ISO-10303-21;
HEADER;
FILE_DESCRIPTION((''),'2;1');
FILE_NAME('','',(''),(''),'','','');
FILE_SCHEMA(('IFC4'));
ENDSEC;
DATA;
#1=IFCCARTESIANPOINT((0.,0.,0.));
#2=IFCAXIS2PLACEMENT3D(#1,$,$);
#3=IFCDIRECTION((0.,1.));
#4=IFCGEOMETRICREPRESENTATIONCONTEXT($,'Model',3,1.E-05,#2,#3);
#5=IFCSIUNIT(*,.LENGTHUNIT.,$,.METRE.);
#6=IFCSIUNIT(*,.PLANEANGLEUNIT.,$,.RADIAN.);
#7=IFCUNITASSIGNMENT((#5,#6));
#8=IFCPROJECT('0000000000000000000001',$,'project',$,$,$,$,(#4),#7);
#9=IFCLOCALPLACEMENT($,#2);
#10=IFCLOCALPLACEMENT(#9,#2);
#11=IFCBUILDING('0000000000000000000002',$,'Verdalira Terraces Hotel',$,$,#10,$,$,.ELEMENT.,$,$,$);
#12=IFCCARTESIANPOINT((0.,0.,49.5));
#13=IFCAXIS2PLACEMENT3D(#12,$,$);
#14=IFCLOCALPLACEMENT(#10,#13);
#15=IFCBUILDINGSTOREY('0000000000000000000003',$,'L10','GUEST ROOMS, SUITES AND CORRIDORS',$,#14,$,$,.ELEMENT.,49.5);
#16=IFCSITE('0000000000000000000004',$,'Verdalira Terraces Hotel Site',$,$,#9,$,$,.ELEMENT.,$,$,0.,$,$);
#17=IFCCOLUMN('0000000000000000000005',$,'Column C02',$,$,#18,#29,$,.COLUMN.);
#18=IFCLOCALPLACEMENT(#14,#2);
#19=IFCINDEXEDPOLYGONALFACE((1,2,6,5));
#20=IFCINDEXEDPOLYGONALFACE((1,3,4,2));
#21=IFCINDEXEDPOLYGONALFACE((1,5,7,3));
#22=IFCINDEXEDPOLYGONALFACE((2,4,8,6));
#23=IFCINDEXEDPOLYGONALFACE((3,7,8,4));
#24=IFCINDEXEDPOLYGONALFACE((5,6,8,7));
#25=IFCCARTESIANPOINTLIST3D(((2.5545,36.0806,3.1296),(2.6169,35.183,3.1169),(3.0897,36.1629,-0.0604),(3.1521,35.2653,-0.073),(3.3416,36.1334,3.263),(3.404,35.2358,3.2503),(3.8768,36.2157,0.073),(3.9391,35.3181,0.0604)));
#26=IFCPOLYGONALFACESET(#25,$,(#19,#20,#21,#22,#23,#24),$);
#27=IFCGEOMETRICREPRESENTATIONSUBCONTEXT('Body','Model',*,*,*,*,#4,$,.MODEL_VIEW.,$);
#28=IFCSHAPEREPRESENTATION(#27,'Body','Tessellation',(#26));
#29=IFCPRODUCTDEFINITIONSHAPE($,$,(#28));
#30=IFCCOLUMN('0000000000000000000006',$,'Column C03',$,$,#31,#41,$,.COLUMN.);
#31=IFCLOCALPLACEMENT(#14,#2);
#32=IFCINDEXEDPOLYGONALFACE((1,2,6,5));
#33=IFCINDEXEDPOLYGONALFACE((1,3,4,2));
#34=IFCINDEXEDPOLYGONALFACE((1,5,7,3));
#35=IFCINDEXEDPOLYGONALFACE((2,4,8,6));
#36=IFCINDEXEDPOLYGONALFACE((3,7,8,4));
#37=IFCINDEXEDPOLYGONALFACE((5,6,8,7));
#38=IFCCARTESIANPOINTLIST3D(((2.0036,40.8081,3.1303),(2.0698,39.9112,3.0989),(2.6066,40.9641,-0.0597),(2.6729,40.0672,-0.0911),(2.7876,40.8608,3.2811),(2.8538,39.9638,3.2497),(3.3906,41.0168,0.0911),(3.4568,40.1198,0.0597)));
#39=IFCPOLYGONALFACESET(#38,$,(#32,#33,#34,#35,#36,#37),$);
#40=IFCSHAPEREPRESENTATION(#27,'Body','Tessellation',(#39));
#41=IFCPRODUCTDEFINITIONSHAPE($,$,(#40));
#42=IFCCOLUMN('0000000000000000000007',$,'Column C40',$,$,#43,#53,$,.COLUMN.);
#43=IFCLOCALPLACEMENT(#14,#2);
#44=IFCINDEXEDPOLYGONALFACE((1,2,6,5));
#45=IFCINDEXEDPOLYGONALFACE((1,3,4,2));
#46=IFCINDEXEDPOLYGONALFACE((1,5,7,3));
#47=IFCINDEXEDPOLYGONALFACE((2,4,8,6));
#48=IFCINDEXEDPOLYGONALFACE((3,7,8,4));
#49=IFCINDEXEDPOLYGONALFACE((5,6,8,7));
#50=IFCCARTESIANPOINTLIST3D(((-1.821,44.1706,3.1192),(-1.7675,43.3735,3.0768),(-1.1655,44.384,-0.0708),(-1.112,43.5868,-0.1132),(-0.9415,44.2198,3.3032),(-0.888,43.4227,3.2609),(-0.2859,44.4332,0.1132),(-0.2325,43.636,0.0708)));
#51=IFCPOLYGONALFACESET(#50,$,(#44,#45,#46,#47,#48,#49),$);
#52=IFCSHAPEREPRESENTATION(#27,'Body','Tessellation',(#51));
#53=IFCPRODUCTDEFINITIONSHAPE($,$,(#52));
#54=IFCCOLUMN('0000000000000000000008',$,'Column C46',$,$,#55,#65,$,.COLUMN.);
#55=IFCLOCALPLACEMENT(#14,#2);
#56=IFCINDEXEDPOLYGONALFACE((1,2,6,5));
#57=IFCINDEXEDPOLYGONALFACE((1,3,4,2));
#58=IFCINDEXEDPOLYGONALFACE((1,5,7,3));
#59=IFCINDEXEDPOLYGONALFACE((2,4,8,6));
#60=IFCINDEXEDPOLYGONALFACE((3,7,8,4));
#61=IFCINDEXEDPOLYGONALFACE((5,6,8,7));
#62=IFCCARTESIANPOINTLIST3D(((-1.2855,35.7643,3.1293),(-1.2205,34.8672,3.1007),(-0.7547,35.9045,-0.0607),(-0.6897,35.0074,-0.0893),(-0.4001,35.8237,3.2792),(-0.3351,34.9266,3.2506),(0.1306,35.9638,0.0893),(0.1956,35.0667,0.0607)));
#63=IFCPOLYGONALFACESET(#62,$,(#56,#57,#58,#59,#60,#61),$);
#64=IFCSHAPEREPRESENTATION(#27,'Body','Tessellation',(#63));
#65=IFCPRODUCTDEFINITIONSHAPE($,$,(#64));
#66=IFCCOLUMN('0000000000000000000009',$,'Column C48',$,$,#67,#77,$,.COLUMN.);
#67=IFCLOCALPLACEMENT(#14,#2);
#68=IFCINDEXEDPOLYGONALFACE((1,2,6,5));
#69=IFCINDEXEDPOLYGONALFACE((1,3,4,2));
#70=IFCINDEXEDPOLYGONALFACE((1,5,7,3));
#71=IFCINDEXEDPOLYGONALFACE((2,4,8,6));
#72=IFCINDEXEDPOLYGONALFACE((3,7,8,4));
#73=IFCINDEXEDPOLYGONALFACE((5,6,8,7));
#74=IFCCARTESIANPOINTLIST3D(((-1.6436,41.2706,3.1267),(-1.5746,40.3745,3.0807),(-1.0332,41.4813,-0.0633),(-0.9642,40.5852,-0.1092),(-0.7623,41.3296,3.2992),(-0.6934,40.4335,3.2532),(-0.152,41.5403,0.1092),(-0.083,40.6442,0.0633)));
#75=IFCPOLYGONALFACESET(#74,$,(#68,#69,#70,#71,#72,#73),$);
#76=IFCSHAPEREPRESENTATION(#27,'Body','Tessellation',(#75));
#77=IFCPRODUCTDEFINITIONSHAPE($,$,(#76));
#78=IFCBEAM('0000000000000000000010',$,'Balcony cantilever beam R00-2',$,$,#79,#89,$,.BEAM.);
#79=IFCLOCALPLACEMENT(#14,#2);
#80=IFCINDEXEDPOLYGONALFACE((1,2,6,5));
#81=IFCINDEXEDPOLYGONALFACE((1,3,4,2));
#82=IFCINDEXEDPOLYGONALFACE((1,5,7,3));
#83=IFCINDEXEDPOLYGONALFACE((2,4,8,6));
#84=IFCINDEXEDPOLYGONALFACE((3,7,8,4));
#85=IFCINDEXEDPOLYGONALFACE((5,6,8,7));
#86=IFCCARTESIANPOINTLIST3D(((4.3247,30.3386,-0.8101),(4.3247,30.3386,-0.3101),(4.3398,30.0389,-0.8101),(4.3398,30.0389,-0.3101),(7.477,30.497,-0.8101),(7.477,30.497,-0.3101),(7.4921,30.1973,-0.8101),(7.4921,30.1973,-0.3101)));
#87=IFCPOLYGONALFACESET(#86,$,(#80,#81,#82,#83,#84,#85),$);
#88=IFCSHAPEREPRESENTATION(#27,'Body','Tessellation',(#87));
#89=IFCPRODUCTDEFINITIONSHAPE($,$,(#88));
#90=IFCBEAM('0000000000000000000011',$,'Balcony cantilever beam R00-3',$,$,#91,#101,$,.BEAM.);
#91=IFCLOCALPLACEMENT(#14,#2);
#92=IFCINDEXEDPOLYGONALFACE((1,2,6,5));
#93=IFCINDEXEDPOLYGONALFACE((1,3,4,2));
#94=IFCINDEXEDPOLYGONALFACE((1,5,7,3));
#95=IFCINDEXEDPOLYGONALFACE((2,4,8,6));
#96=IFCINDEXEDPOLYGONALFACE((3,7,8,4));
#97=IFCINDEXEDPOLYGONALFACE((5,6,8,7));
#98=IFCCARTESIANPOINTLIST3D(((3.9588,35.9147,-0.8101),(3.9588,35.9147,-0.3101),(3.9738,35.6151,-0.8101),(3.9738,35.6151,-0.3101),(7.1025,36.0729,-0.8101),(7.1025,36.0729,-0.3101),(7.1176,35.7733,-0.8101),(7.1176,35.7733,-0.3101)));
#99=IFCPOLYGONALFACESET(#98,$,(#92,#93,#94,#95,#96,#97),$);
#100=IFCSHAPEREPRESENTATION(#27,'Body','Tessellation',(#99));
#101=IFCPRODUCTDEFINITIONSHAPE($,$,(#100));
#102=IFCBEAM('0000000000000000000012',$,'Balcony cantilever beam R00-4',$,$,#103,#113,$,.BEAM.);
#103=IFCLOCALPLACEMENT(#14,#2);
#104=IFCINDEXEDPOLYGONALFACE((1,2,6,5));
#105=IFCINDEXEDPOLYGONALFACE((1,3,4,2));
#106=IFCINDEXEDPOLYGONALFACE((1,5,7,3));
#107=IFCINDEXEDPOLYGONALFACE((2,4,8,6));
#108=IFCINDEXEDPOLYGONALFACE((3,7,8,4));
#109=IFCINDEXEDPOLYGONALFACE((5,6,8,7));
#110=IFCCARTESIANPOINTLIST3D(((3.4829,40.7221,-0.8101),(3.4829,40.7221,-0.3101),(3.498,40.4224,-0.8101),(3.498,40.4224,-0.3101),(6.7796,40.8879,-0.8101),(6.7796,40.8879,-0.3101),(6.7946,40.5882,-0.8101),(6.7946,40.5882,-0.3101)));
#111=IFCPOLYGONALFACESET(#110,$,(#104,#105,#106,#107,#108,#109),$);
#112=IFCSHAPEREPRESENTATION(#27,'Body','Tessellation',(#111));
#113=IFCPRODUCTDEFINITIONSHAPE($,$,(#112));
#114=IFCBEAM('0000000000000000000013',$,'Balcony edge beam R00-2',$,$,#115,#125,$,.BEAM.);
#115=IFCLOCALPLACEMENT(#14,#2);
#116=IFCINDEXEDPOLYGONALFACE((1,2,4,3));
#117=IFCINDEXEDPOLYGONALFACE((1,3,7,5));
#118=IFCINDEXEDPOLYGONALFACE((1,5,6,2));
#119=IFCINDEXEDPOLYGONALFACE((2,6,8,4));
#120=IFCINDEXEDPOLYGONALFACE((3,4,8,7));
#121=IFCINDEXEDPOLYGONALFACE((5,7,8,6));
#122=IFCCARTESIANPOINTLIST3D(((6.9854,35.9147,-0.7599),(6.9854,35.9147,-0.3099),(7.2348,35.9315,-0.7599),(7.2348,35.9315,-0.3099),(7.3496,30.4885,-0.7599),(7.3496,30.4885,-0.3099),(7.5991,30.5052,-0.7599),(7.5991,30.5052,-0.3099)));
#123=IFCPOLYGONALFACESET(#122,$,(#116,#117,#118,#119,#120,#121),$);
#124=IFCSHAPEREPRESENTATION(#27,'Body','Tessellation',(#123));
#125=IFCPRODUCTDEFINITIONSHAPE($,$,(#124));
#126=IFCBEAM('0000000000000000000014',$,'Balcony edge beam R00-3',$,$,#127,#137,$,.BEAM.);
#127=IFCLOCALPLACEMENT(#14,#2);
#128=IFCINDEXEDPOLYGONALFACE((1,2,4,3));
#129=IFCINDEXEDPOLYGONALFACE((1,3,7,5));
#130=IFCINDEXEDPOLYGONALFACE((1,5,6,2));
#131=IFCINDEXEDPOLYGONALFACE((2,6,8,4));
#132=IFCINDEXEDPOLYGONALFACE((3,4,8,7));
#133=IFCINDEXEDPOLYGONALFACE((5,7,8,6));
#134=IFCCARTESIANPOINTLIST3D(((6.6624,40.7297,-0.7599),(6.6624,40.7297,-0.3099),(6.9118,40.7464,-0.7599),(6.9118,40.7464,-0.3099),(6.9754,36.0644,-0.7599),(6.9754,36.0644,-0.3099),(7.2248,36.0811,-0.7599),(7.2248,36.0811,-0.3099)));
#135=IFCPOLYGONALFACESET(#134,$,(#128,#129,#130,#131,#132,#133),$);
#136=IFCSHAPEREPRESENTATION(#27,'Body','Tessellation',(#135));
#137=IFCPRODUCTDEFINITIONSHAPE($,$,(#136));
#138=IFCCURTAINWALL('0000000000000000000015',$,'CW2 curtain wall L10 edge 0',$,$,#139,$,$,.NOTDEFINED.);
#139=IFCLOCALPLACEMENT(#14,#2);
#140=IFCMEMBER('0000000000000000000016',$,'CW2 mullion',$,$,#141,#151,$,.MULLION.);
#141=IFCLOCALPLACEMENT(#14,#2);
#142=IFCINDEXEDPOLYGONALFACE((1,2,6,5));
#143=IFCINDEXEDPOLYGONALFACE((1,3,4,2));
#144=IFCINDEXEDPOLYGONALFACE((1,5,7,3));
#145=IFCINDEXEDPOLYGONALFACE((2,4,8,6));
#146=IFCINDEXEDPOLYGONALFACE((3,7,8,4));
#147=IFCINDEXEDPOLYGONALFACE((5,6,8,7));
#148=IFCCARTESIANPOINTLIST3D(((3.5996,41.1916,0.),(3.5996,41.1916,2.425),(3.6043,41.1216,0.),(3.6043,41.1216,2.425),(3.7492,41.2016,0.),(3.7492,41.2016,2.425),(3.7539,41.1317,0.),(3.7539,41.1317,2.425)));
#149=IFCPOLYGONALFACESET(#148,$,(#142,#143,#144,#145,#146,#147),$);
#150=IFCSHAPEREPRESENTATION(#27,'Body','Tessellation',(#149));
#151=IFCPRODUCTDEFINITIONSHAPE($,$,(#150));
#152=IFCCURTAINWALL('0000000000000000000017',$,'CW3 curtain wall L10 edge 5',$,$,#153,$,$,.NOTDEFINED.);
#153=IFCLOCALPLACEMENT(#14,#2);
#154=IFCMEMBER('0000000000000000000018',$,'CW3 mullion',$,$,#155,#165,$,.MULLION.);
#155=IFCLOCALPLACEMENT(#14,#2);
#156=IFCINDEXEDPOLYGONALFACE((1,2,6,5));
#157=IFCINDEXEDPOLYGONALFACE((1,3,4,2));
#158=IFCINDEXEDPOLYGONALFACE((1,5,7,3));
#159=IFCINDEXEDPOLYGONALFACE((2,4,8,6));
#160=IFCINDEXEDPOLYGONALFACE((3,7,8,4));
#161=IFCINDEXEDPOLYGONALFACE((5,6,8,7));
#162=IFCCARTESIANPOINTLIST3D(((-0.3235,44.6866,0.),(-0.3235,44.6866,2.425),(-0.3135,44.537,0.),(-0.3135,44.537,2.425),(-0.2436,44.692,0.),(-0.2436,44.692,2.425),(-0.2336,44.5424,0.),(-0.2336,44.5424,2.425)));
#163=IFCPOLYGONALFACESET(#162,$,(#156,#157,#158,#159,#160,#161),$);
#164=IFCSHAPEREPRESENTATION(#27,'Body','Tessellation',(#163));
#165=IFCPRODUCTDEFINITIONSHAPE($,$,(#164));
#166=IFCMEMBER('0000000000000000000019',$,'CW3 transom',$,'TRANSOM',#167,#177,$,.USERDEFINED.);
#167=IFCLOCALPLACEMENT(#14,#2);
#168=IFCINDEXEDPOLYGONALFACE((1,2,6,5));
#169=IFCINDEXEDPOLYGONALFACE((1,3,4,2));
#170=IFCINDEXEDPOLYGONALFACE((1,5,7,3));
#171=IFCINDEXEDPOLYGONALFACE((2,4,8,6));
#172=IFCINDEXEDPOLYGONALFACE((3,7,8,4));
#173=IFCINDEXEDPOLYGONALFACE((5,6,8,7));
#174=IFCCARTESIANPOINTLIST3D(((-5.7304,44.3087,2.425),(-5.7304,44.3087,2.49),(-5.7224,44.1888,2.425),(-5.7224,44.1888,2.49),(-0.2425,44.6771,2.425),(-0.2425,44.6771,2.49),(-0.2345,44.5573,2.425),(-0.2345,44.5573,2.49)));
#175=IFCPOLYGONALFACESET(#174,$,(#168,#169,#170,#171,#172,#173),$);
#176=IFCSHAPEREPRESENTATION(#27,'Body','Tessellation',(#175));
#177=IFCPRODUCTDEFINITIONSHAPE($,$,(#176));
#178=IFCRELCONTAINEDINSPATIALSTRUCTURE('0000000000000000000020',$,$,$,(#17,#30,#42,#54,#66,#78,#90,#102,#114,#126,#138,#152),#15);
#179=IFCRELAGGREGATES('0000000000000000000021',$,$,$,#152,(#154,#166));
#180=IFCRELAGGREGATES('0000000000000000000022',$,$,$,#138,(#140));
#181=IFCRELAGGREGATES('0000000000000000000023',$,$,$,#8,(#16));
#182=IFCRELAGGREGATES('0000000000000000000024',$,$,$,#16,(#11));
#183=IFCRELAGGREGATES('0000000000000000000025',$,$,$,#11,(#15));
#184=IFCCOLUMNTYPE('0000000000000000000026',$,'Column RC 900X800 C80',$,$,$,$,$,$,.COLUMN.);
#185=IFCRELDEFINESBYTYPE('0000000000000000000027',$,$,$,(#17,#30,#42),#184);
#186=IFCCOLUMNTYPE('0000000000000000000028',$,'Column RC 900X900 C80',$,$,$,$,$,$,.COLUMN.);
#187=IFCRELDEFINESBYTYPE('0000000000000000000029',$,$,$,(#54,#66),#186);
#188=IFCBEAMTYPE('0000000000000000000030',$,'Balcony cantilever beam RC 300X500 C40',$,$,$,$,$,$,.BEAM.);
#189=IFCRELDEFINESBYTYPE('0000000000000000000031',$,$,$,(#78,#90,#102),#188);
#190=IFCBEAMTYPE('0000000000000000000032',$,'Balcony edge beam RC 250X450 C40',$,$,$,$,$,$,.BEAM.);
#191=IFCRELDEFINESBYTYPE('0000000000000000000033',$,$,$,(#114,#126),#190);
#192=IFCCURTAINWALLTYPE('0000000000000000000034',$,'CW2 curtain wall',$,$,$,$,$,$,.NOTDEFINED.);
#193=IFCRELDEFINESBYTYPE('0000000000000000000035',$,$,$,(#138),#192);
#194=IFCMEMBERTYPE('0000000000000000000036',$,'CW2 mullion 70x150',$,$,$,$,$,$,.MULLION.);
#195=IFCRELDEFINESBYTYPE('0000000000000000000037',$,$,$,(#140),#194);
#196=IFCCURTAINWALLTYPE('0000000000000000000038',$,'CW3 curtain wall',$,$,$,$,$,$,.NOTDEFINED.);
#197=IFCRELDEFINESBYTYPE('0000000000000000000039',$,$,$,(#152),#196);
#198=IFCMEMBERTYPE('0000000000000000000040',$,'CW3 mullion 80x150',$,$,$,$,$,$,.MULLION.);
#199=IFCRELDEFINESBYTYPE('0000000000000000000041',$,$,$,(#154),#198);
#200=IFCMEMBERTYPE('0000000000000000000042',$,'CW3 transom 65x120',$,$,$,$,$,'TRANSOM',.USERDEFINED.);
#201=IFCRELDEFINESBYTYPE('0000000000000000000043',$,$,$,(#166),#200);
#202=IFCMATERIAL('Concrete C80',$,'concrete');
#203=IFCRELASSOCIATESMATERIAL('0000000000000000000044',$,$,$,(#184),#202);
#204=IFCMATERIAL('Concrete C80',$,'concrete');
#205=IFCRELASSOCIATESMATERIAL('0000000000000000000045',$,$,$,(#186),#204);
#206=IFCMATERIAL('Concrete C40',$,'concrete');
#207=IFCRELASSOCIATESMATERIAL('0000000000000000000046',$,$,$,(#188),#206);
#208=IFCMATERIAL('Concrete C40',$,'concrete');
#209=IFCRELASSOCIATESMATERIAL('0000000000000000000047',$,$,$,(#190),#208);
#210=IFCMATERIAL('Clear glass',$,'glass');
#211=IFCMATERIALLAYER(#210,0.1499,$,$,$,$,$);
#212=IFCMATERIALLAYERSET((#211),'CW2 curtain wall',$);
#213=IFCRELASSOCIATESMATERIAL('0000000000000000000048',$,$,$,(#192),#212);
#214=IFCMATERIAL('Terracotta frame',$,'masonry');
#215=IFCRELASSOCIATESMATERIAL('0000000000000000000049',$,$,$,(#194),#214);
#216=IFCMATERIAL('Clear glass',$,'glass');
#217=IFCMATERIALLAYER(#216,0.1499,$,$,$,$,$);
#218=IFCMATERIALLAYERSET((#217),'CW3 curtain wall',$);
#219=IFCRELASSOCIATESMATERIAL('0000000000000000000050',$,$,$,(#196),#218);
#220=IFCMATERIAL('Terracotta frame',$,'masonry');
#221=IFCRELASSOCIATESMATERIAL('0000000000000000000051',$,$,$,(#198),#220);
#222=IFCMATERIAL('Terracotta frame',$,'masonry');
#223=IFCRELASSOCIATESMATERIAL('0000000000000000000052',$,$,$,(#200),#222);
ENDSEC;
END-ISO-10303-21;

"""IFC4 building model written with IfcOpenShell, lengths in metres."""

from ifc_helpers import new_model, si_unit, direction, frame, origin, origin_2d, place, context, subcontext, project, spatial, rectangle, extrude, material, layer, layer_set, material_profile, profile_set, type_object, element, aggregate, save


model = new_model("IFC4")

# Units and contexts
model_context = context("Model", 3, precision=1e-05, world=origin(), true_north=direction((0.0, 1.0)))
body_context = subcontext(model_context, "Body", "Model", "MODEL_VIEW")
ifc_project = project(units=[si_unit("LENGTHUNIT", "METRE"), si_unit("PLANEANGLEUNIT", "RADIAN")], contexts=[model_context])

# Site, building, storey
site_placement = place(None, origin())
site = spatial("IfcSite", under=ifc_project, at=site_placement, Name="Verdalira Terraces Hotel Site", CompositionType="ELEMENT", RefElevation=0.0)
building_placement = place(site_placement, origin())
building = spatial("IfcBuilding", under=site, at=building_placement, Name="Verdalira Terraces Hotel", CompositionType="ELEMENT")
storey_placement = place(building_placement, frame((0.0, 0.0, 49.5)))
storey = spatial("IfcBuildingStorey", under=building, at=storey_placement, Name="L10", Description="GUEST ROOMS, SUITES AND CORRIDORS", CompositionType="ELEMENT", Elevation=49.5)

# Columns
ifc_material_1 = material(Name="Concrete C80", Category="concrete")
ifc_material_profile_1 = material_profile(ifc_material_1, rectangle(XDim=0.8999, YDim=0.8, at=origin_2d()), Name="RC 900X800")
ifc_profile_set_1 = profile_set([ifc_material_profile_1], Name="Concrete C80")
column_type_1 = type_object("IfcColumnType", Name="Column RC 900X800 C80", PredefinedType="COLUMN", material=ifc_profile_set_1)
column_1_placement = place(storey_placement, frame((3.5144, 35.7405, 0.0), z_axis=(-0.165398, -0.025428, 0.985899), x_axis=(-0.069309, 0.997496, 0.0141)))
element("IfcColumn", 1, at=column_1_placement, inside=storey, type_object=column_type_1, Name="Column C02", PredefinedType="COLUMN", context=body_context, shape_type="SweptSolid", body=[
    extrude(rectangle(XDim=0.8999, YDim=0.8, at=origin_2d()), origin(), (0.0, 0.0, 1.0), 3.2356),
])
column_2_placement = place(storey_placement, frame((3.0317, 40.542, 0.0), z_axis=(-0.185536, -0.047999, 0.981464), x_axis=(-0.073599, 0.99668, 0.03483)))
element("IfcColumn", 2, at=column_2_placement, inside=storey, type_object=column_type_1, Name="Column C03", PredefinedType="COLUMN", context=body_context, shape_type="SweptSolid", body=[
    extrude(rectangle(XDim=0.8999, YDim=0.8, at=origin_2d()), origin(), (0.0, 0.0, 1.0), 3.2502),
])
column_3_placement = place(storey_placement, frame((-0.699, 44.01, 0.0), z_axis=(-0.200858, -0.065382, 0.977436), x_axis=(-0.977339, -0.054677, -0.204496)))
element("IfcColumn", 3, at=column_3_placement, inside=storey, type_object=column_type_1, Name="Column C40", PredefinedType="COLUMN", context=body_context, shape_type="SweptSolid", body=[
    extrude(rectangle(XDim=0.8999, YDim=0.8, at=origin_2d()), origin(), (0.0, 0.0, 1.0), 3.2637),
])
ifc_material_2 = material(Name="Concrete C80", Category="concrete")
ifc_material_profile_2 = material_profile(ifc_material_2, rectangle(XDim=0.8999, YDim=0.8999, at=origin_2d()), Name="RC 900X900")
ifc_profile_set_2 = profile_set([ifc_material_profile_2], Name="Concrete C80")
column_type_2 = type_object("IfcColumnType", Name="Column RC 900X900 C80", PredefinedType="COLUMN", material=ifc_profile_set_2)
column_4_placement = place(storey_placement, frame((-0.2795, 35.4856, 0.0), z_axis=(-0.163976, -0.043294, 0.985514), x_axis=(-0.072206, 0.996883, 0.03178)))
element("IfcColumn", 4, at=column_4_placement, inside=storey, type_object=column_type_2, Name="Column C46", PredefinedType="COLUMN", context=body_context, shape_type="SweptSolid", body=[
    extrude(rectangle(XDim=0.8999, YDim=0.8999, at=origin_2d()), origin(), (0.0, 0.0, 1.0), 3.2368),
])
column_5_placement = place(storey_placement, frame((-0.5581, 41.0627, 0.0), z_axis=(-0.187533, -0.064736, 0.980123), x_axis=(-0.076631, 0.995749, 0.051106)))
element("IfcColumn", 5, at=column_5_placement, inside=storey, type_object=column_type_2, Name="Column C48", PredefinedType="COLUMN", context=body_context, shape_type="SweptSolid", body=[
    extrude(rectangle(XDim=0.8999, YDim=0.8999, at=origin_2d()), origin(), (0.0, 0.0, 1.0), 3.2546),
])

# Beams
ifc_material_3 = material(Name="Concrete C40", Category="concrete")
ifc_material_profile_3 = material_profile(ifc_material_3, rectangle(XDim=0.3, YDim=0.5, at=origin_2d()), Name="RC 300X500")
ifc_profile_set_3 = profile_set([ifc_material_profile_3], Name="Concrete C40")
beam_type_1 = type_object("IfcBeamType", Name="Balcony cantilever beam RC 300X500 C40", PredefinedType="BEAM", material=ifc_profile_set_3)
beam_1_placement = place(storey_placement, frame((4.3323, 30.1887, -0.5601), z_axis=(0.998739, 0.0502, 0.0), x_axis=(-0.0502, 0.998739, 0.0)))
element("IfcBeam", 6, at=beam_1_placement, inside=storey, type_object=beam_type_1, Name="Balcony cantilever beam R00-2", PredefinedType="BEAM", context=body_context, shape_type="SweptSolid", body=[
    extrude(rectangle(XDim=0.3, YDim=0.5, at=origin_2d()), origin(), (0.0, 0.0, 1.0), 3.1562),
])
beam_2_placement = place(storey_placement, frame((3.9663, 35.7649, -0.5601), z_axis=(0.998736, 0.050259, 0.0), x_axis=(-0.050259, 0.998736, 0.0)))
element("IfcBeam", 7, at=beam_2_placement, inside=storey, type_object=beam_type_1, Name="Balcony cantilever beam R00-3", PredefinedType="BEAM", context=body_context, shape_type="SweptSolid", body=[
    extrude(rectangle(XDim=0.3, YDim=0.5, at=origin_2d()), origin(), (0.0, 0.0, 1.0), 3.1477),
])
beam_3_placement = place(storey_placement, frame((3.4905, 40.5723, -0.5601), z_axis=(0.998738, 0.050222, 0.0), x_axis=(-0.050222, 0.998738, 0.0)))
element("IfcBeam", 8, at=beam_3_placement, inside=storey, type_object=beam_type_1, Name="Balcony cantilever beam R00-4", PredefinedType="BEAM", context=body_context, shape_type="SweptSolid", body=[
    extrude(rectangle(XDim=0.3, YDim=0.5, at=origin_2d()), origin(), (0.0, 0.0, 1.0), 3.3008),
])
ifc_material_4 = material(Name="Concrete C40", Category="concrete")
ifc_material_profile_4 = material_profile(ifc_material_4, rectangle(XDim=0.25, YDim=0.45, at=origin_2d()), Name="RC 250X450")
ifc_profile_set_4 = profile_set([ifc_material_profile_4], Name="Concrete C40")
beam_type_2 = type_object("IfcBeamType", Name="Balcony edge beam RC 250X450 C40", PredefinedType="BEAM", material=ifc_profile_set_4)
beam_4_placement = place(storey_placement, frame((7.4744, 30.4968, -0.5349), z_axis=(-0.066978, 0.997754, 0.0), x_axis=(-0.997754, -0.066978, 0.0)))
element("IfcBeam", 9, at=beam_4_placement, inside=storey, type_object=beam_type_2, Name="Balcony edge beam R00-2", PredefinedType="BEAM", context=body_context, shape_type="SweptSolid", body=[
    extrude(rectangle(XDim=0.25, YDim=0.45, at=origin_2d()), origin(), (0.0, 0.0, 1.0), 5.4385),
])
beam_5_placement = place(storey_placement, frame((7.1001, 36.0728, -0.5349), z_axis=(-0.066938, 0.997757, 0.0), x_axis=(-0.997757, -0.066938, 0.0)))
element("IfcBeam", 10, at=beam_5_placement, inside=storey, type_object=beam_type_2, Name="Balcony edge beam R00-3", PredefinedType="BEAM", context=body_context, shape_type="SweptSolid", body=[
    extrude(rectangle(XDim=0.25, YDim=0.45, at=origin_2d()), origin(), (0.0, 0.0, 1.0), 4.6758),
])

# Curtain wall, member
ifc_material_5 = material(Name="Clear glass", Category="glass")
ifc_layer_1 = layer(ifc_material_5, 0.1499)
ifc_layer_set_1 = layer_set([ifc_layer_1], Name="CW2 curtain wall")
curtain_wall_type_1 = type_object("IfcCurtainWallType", Name="CW2 curtain wall", PredefinedType="NOTDEFINED", material=ifc_layer_set_1)
curtain_wall_1_placement = place(storey_placement, origin())
curtain_wall_1 = element("IfcCurtainWall", 11, at=curtain_wall_1_placement, inside=storey, type_object=curtain_wall_type_1, Name="CW2 curtain wall L10 edge 0", PredefinedType="NOTDEFINED")
ifc_material_6 = material(Name="Terracotta frame", Category="masonry")
ifc_material_profile_5 = material_profile(ifc_material_6, rectangle(XDim=0.0701, YDim=0.1499, at=origin_2d()), Name="MU 70x150")
ifc_profile_set_5 = profile_set([ifc_material_profile_5], Name="Terracotta frame")
member_type_1 = type_object("IfcMemberType", Name="CW2 mullion 70x150", PredefinedType="MULLION", material=ifc_profile_set_5)
member_1_placement = place(storey_placement, frame((3.6768, 41.1616, 0.0), z_axis=(0.0, 0.0, 1.0), x_axis=(-0.06697, 0.997755, 0.0)))
member_1 = element("IfcMember", 12, at=member_1_placement, type_object=member_type_1, Name="CW2 mullion", PredefinedType="MULLION", context=body_context, shape_type="SweptSolid", body=[
    extrude(rectangle(XDim=0.0701, YDim=0.1499, at=origin_2d()), origin(), (0.0, 0.0, 1.0), 2.425),
])

# Curtain wall, members
ifc_material_7 = material(Name="Clear glass", Category="glass")
ifc_layer_2 = layer(ifc_material_7, 0.1499)
ifc_layer_set_2 = layer_set([ifc_layer_2], Name="CW3 curtain wall")
curtain_wall_type_2 = type_object("IfcCurtainWallType", Name="CW3 curtain wall", PredefinedType="NOTDEFINED", material=ifc_layer_set_2)
curtain_wall_2_placement = place(storey_placement, origin())
curtain_wall_2 = element("IfcCurtainWall", 13, at=curtain_wall_2_placement, inside=storey, type_object=curtain_wall_type_2, Name="CW3 curtain wall L10 edge 5", PredefinedType="NOTDEFINED")
ifc_material_8 = material(Name="Terracotta frame", Category="masonry")
ifc_material_profile_6 = material_profile(ifc_material_8, rectangle(XDim=0.0801, YDim=0.1499, at=origin_2d()), Name="MU 80x150")
ifc_profile_set_6 = profile_set([ifc_material_profile_6], Name="Terracotta frame")
member_type_2 = type_object("IfcMemberType", Name="CW3 mullion 80x150", PredefinedType="MULLION", material=ifc_profile_set_6)
member_2_placement = place(storey_placement, frame((-0.2786, 44.6145, 0.0), z_axis=(0.0, 0.0, 1.0), x_axis=(-0.997755, -0.06697, 0.0)))
member_2 = element("IfcMember", 14, at=member_2_placement, type_object=member_type_2, Name="CW3 mullion", PredefinedType="MULLION", context=body_context, shape_type="SweptSolid", body=[
    extrude(rectangle(XDim=0.0801, YDim=0.1499, at=origin_2d()), origin(), (0.0, 0.0, 1.0), 2.425),
])
ifc_material_9 = material(Name="Terracotta frame", Category="masonry")
ifc_material_profile_7 = material_profile(ifc_material_9, rectangle(XDim=0.1201, YDim=0.0649, at=origin_2d()), Name="TR 65x120")
ifc_profile_set_7 = profile_set([ifc_material_profile_7], Name="Terracotta frame")
member_type_3 = type_object("IfcMemberType", Name="CW3 transom 65x120", ElementType="TRANSOM", PredefinedType="USERDEFINED", material=ifc_profile_set_7)
member_3_placement = place(storey_placement, frame((-0.2385, 44.6172, 2.4575), z_axis=(-0.997754, -0.066982, 0.0), x_axis=(0.066982, -0.997754, 0.0)))
member_3 = element("IfcMember", 15, at=member_3_placement, type_object=member_type_3, Name="CW3 transom", ObjectType="TRANSOM", PredefinedType="USERDEFINED", context=body_context, shape_type="SweptSolid", body=[
    extrude(rectangle(XDim=0.1201, YDim=0.0649, at=origin_2d()), origin(), (0.0, 0.0, 1.0), 5.5002),
])
aggregate(curtain_wall_2, [member_2, member_3])

aggregate(curtain_wall_1, [member_1])

save(model, "model.ifc")
